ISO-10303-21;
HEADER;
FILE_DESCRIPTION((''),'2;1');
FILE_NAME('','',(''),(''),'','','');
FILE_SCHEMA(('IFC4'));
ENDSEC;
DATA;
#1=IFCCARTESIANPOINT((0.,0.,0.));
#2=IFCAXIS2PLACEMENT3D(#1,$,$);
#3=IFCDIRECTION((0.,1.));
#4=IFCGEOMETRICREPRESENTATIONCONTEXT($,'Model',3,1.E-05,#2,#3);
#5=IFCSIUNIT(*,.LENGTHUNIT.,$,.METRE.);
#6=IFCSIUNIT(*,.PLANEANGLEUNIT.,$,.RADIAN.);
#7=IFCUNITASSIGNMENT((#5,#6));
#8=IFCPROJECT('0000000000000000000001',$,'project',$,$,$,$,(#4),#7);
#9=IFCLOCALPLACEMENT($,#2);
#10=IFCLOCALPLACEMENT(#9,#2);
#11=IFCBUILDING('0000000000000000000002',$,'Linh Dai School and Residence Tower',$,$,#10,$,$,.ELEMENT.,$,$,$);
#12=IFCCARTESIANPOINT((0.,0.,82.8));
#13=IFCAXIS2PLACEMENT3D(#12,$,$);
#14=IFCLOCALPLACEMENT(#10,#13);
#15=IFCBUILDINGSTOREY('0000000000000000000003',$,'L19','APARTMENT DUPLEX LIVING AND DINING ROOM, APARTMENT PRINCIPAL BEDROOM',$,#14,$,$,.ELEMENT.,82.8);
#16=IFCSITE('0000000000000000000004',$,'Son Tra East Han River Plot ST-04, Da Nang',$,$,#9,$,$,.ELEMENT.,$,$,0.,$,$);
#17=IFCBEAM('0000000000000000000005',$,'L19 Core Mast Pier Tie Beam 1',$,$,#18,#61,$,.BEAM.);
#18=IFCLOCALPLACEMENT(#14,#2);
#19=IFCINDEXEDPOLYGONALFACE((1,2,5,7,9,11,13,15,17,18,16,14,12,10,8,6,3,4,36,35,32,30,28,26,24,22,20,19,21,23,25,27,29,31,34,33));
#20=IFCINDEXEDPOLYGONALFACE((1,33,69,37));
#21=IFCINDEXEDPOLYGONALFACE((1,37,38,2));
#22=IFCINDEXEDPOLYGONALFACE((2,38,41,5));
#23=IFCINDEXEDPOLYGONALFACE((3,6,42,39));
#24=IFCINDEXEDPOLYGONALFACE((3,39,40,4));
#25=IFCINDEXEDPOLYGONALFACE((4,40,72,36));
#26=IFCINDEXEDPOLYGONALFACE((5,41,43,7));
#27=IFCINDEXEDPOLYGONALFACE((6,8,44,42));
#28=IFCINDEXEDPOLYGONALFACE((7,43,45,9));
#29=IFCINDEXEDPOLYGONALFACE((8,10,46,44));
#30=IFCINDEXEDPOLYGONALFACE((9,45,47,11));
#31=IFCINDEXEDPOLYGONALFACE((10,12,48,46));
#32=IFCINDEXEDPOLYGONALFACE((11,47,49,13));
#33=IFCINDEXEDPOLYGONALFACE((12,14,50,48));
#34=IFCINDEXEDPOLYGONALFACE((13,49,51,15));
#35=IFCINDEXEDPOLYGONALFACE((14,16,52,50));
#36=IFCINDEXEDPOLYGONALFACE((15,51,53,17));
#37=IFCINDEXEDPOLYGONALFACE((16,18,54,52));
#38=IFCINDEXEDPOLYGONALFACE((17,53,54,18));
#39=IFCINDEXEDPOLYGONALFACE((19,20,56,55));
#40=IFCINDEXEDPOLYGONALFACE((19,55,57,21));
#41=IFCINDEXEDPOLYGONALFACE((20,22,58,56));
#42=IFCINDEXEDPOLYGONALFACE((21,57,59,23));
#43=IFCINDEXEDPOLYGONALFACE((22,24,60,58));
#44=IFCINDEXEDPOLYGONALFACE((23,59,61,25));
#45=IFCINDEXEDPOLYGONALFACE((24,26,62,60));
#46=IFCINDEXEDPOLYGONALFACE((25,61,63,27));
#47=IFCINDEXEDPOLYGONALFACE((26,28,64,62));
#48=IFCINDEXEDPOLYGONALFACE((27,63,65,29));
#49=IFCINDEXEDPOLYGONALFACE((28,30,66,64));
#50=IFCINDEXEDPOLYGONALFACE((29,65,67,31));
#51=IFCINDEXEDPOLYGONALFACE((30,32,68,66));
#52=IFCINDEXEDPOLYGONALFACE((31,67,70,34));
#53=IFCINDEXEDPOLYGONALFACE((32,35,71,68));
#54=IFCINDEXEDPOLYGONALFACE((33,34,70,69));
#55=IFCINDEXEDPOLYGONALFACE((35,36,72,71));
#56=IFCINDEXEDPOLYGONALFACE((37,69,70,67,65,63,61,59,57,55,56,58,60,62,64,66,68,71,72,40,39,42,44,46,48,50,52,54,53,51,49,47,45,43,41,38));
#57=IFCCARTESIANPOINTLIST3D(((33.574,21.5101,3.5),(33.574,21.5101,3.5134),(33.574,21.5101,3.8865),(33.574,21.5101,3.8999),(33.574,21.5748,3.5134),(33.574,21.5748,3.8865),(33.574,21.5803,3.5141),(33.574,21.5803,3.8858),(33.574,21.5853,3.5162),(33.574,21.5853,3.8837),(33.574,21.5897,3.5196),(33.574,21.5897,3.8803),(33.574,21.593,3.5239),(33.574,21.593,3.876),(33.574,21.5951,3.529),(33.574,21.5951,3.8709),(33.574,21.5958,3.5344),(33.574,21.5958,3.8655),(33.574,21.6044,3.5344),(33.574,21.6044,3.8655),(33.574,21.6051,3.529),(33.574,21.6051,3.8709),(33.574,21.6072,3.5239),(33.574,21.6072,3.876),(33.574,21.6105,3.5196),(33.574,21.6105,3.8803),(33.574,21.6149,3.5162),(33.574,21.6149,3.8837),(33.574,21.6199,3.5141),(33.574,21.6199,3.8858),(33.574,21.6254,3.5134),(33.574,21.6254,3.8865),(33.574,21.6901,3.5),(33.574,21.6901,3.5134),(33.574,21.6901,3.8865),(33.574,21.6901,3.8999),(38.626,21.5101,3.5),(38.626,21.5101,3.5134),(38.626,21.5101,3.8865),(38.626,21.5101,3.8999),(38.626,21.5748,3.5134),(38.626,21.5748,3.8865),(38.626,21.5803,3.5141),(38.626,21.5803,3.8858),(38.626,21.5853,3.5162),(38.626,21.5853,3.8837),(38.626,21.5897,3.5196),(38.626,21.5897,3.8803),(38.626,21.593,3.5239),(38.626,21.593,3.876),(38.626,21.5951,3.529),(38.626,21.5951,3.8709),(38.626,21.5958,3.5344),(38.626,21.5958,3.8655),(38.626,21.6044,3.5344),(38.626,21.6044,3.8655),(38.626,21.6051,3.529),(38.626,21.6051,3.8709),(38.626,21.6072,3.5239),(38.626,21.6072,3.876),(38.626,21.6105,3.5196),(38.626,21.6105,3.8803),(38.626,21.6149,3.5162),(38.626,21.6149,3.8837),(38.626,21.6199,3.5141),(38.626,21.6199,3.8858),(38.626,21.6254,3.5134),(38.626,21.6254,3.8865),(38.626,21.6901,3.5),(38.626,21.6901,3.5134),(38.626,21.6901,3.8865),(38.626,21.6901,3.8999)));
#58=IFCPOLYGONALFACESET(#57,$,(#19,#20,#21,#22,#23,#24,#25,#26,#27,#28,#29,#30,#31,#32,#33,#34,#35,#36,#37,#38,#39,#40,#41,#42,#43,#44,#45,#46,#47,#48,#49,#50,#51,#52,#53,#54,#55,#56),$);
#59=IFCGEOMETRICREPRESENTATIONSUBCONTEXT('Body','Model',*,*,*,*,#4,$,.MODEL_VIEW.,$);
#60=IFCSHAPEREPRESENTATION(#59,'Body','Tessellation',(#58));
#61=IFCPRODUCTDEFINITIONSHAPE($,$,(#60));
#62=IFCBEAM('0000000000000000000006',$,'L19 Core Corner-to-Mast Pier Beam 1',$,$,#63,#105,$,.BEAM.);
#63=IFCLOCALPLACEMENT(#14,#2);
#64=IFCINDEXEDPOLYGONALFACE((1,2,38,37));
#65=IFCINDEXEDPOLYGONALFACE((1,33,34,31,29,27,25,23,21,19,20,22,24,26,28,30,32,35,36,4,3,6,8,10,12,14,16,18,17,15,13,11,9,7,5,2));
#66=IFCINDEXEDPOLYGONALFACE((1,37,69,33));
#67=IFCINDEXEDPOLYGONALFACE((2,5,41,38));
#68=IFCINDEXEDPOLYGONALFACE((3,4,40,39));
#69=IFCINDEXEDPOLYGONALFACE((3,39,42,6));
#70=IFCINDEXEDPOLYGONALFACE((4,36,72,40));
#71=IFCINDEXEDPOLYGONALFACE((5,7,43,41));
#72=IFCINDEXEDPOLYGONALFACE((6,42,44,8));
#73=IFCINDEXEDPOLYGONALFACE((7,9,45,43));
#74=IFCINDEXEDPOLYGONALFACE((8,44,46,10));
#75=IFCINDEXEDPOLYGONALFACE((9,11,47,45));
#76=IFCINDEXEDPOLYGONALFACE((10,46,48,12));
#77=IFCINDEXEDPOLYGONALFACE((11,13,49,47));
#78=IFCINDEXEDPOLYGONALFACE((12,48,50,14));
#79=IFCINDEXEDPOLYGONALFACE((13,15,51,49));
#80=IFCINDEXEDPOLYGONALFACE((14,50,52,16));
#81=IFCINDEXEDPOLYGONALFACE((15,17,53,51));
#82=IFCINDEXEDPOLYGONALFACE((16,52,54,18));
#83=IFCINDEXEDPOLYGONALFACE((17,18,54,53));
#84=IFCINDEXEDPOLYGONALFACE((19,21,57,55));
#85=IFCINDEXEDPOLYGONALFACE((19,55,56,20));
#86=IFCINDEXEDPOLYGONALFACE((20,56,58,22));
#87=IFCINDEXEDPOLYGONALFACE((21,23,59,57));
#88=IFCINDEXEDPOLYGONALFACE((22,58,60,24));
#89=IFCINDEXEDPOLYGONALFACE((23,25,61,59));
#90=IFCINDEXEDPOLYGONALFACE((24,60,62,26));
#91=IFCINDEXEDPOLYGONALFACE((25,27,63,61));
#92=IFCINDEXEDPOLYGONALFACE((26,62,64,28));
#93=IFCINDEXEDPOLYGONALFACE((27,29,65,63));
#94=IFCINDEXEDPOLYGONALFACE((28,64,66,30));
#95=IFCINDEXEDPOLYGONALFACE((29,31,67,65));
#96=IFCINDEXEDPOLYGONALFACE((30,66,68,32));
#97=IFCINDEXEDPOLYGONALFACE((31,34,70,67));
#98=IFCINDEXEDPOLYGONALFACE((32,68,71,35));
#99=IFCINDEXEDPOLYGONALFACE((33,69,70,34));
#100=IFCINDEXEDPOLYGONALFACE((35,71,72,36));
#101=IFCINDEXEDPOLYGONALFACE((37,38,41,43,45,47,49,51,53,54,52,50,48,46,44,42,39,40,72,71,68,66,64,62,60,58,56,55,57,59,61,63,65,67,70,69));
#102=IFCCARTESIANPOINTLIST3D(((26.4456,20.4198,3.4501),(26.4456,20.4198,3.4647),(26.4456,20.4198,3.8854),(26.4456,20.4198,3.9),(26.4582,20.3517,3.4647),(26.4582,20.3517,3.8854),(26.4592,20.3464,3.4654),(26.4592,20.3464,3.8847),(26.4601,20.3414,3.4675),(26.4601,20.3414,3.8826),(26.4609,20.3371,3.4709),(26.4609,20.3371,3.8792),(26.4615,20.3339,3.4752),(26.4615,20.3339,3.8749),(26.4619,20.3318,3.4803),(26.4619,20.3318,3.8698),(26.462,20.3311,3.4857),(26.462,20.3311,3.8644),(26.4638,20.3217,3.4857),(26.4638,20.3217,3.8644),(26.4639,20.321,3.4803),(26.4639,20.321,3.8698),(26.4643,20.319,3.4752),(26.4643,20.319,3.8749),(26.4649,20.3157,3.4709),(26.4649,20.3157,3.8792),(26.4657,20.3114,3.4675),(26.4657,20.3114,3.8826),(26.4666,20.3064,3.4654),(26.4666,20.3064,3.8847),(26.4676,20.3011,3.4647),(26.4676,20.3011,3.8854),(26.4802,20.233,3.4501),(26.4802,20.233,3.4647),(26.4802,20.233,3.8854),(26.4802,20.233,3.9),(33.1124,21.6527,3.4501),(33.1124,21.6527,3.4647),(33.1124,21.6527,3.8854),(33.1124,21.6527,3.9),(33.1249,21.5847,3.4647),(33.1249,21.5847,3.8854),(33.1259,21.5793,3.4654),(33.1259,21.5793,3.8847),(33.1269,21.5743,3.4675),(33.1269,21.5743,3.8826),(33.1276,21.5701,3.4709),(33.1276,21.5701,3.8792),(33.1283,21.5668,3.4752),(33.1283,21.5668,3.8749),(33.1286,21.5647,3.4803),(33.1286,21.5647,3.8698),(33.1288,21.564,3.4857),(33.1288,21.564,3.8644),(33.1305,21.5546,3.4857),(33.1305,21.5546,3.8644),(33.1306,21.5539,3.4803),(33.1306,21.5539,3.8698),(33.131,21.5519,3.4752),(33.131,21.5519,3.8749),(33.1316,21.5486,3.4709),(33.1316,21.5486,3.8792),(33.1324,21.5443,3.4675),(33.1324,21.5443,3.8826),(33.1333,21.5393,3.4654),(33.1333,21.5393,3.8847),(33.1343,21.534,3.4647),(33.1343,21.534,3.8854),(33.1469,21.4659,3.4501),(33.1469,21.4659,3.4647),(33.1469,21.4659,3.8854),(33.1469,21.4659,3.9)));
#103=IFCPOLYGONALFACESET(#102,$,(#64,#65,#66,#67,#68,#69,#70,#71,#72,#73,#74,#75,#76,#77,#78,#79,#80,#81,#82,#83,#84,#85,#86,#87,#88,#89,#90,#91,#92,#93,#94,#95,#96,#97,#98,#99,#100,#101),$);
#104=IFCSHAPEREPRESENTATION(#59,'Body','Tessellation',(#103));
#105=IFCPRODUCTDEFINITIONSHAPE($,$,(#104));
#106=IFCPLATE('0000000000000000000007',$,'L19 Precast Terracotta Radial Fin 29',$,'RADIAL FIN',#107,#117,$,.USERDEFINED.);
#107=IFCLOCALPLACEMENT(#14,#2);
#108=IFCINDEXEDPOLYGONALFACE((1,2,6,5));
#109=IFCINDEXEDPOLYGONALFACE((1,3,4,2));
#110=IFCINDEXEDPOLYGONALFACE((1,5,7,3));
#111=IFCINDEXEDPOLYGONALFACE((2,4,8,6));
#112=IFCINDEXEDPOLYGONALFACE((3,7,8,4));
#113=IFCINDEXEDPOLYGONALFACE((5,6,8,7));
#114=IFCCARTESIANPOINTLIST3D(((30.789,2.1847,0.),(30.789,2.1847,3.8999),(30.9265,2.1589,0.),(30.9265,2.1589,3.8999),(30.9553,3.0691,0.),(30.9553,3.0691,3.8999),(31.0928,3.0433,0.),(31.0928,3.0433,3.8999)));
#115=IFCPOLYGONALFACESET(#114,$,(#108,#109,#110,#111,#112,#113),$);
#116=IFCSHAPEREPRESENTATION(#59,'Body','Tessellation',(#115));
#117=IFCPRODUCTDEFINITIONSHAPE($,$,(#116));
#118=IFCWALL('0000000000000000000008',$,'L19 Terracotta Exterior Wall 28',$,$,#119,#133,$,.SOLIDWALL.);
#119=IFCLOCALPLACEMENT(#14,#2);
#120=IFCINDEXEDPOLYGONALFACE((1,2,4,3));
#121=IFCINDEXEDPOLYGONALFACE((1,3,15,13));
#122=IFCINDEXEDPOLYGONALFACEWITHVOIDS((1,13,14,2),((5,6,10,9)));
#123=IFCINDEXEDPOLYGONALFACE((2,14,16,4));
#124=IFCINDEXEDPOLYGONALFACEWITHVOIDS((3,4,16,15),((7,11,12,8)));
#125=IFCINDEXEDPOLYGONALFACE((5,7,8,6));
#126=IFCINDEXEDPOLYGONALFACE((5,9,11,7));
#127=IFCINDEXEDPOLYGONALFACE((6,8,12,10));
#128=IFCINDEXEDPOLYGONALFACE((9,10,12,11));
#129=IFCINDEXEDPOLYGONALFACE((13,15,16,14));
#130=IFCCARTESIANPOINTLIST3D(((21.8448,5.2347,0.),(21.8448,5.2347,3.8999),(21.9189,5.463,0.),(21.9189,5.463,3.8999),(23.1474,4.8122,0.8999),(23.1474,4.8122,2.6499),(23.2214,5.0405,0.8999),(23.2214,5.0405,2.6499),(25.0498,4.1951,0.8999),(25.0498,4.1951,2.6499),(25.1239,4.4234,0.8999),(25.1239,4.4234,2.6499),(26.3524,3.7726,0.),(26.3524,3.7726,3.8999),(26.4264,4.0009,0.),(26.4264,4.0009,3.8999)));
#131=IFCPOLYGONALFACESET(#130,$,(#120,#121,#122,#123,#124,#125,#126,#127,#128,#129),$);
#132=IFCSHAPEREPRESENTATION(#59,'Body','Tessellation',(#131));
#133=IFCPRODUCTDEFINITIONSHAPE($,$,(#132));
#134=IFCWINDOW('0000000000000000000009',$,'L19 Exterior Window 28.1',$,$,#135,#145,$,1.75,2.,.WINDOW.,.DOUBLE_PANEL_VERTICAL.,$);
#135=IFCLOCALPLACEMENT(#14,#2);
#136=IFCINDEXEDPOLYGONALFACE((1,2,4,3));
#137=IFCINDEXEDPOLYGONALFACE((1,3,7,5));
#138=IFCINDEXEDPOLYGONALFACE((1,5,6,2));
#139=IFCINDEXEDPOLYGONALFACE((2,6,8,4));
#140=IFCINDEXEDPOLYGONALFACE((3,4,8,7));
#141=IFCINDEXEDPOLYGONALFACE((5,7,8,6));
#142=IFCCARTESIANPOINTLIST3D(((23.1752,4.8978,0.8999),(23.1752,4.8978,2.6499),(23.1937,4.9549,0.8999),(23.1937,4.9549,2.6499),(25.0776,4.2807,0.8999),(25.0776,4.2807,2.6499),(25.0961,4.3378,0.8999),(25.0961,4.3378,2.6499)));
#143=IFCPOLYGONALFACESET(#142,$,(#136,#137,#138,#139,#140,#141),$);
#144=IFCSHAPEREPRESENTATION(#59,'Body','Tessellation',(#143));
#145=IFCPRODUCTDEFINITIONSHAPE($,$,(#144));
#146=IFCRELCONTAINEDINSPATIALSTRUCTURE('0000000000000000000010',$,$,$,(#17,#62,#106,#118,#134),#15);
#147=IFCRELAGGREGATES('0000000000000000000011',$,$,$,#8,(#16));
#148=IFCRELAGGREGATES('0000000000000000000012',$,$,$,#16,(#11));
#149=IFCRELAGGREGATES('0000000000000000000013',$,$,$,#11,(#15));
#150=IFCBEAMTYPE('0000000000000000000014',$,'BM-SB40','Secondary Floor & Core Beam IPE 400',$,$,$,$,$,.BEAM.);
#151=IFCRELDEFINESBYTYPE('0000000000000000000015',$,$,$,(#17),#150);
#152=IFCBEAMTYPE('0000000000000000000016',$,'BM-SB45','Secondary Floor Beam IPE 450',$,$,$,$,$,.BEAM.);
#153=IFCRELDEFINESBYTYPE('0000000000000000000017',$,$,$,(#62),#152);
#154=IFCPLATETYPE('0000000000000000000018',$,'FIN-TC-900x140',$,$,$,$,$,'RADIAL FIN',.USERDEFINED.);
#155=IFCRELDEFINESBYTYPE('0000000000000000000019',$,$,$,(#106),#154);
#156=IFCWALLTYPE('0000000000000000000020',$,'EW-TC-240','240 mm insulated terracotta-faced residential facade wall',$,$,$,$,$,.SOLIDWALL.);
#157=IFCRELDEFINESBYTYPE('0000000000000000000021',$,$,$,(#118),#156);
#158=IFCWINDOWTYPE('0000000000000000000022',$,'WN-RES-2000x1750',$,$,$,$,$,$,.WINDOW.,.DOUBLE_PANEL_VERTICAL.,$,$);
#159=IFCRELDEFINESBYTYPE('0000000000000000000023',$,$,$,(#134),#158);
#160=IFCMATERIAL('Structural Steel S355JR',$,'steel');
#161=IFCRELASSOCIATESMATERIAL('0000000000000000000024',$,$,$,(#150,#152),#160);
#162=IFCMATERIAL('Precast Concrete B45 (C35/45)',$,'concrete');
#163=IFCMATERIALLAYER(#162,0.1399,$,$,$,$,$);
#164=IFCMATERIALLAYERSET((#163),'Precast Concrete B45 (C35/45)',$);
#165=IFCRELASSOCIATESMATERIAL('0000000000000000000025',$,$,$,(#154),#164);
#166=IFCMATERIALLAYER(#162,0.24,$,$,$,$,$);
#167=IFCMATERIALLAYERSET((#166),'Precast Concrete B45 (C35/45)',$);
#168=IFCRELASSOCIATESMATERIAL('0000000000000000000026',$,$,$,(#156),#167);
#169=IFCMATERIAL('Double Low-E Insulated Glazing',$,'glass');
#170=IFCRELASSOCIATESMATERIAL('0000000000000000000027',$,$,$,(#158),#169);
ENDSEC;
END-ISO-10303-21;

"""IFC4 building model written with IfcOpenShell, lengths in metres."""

from ifc_helpers import new_model, si_unit, direction, frame, frame_2d, origin, origin_2d, place, context, subcontext, project, spatial, rectangle, i_section, extrude, source, transform, mapped, material, layer, layer_set, material_profile, profile_set, type_object, element, fill, save


model = new_model("IFC4")

# Units and contexts
model_context = context("Model", 3, precision=1e-05, world=origin(), true_north=direction((0.0, 1.0)))
body_context = subcontext(model_context, "Body", "Model", "MODEL_VIEW")
ifc_project = project(units=[si_unit("LENGTHUNIT", "METRE"), si_unit("PLANEANGLEUNIT", "RADIAN")], contexts=[model_context])

# Site, building, storey
site_placement = place(None, origin())
site = spatial("IfcSite", under=ifc_project, at=site_placement, Name="Son Tra East Han River Plot ST-04, Da Nang", CompositionType="ELEMENT", RefElevation=0.0)
building_placement = place(site_placement, origin())
building = spatial("IfcBuilding", under=site, at=building_placement, Name="Linh Dai School and Residence Tower", CompositionType="ELEMENT")
storey_placement = place(building_placement, frame((0.0, 0.0, 82.8)))
storey = spatial("IfcBuildingStorey", under=building, at=storey_placement, Name="L19", Description="APARTMENT DUPLEX LIVING AND DINING ROOM, APARTMENT PRINCIPAL BEDROOM", CompositionType="ELEMENT", Elevation=82.8)

# Shared definitions
ifc_material_1 = material(Name="Structural Steel S355JR", Category="steel")

# Beams
ifc_material_profile_1 = material_profile(ifc_material_1, i_section(OverallWidth=0.1799, OverallDepth=0.3999, WebThickness=0.0085, FlangeThickness=0.0134, FilletRadius=0.021, at=origin_2d()), Name="IPE 400")
ifc_profile_set_1 = profile_set([ifc_material_profile_1], Name="Structural Steel S355JR")
beam_type_1 = type_object("IfcBeamType", Name="BM-SB40", Description="Secondary Floor & Core Beam IPE 400", PredefinedType="BEAM", material=ifc_profile_set_1)
beam_1_placement = place(storey_placement, frame((33.574, 21.6001, 3.7), z_axis=(1.0, 0.0, 0.0), x_axis=(0.0, 1.0, 0.0)))
element("IfcBeam", 1, at=beam_1_placement, inside=storey, type_object=beam_type_1, Name="L19 Core Mast Pier Tie Beam 1", PredefinedType="BEAM", context=body_context, shape_type="SweptSolid", body=[
    extrude(i_section(OverallWidth=0.1799, OverallDepth=0.3999, WebThickness=0.0085, FlangeThickness=0.0134, FilletRadius=0.021, at=origin_2d()), origin(), (0.0, 0.0, 1.0), 5.052),
])
ifc_material_profile_2 = material_profile(ifc_material_1, i_section(OverallWidth=0.1899, OverallDepth=0.45, WebThickness=0.0095, FlangeThickness=0.0146, FilletRadius=0.021, at=origin_2d()), Name="IPE 450")
ifc_profile_set_2 = profile_set([ifc_material_profile_2], Name="Structural Steel S355JR")
beam_type_2 = type_object("IfcBeamType", Name="BM-SB45", Description="Secondary Floor Beam IPE 450", PredefinedType="BEAM", material=ifc_profile_set_2)
beam_2_placement = place(storey_placement, frame((26.4629, 20.3264, 3.675), z_axis=(0.983326, 0.181851, 0.0), x_axis=(-0.181851, 0.983326, 0.0)))
element("IfcBeam", 2, at=beam_2_placement, inside=storey, type_object=beam_type_2, Name="L19 Core Corner-to-Mast Pier Beam 1", PredefinedType="BEAM", context=body_context, shape_type="SweptSolid", body=[
    extrude(i_section(OverallWidth=0.1899, OverallDepth=0.45, WebThickness=0.0095, FlangeThickness=0.0146, FilletRadius=0.021, at=origin_2d()), origin(), (0.0, 0.0, 1.0), 6.7798),
])

# Plate
ifc_material_2 = material(Name="Precast Concrete B45 (C35/45)", Category="concrete")
ifc_layer_1 = layer(ifc_material_2, 0.1399)
ifc_layer_set_1 = layer_set([ifc_layer_1], Name="Precast Concrete B45 (C35/45)")
plate_type = type_object("IfcPlateType", Name="FIN-TC-900x140", ElementType="RADIAL FIN", PredefinedType="USERDEFINED", material=ifc_layer_set_1)
shared_shape_1 = source(origin(), body_context, "Body", "SweptSolid", [
    extrude(rectangle(XDim=0.8999, YDim=0.1399, at=origin_2d()), origin(), (0.0, 0.0, 1.0), 3.8999),
])
plate_placement = place(storey_placement, frame((30.9409, 2.614, 0.0), z_axis=(0.0, 0.0, 1.0), x_axis=(-0.184748, -0.982786, 0.0)))
element("IfcPlate", 3, at=plate_placement, inside=storey, type_object=plate_type, Name="L19 Precast Terracotta Radial Fin 29", ObjectType="RADIAL FIN", PredefinedType="USERDEFINED", context=body_context, shape_type="MappedRepresentation", body=[
    mapped(shared_shape_1, transform((0.0, 0.0, 0.0), x_axis=(1.0, 0.0, 0.0), y_axis=(0.0, 1.0, 0.0), z_axis=(0.0, 0.0, 1.0), scale=1.0)),
])

# Wall, opening, window
ifc_layer_2 = layer(ifc_material_2, 0.24)
ifc_layer_set_2 = layer_set([ifc_layer_2], Name="Precast Concrete B45 (C35/45)")
wall_type_1 = type_object("IfcWallType", Name="EW-TC-240", Description="240 mm insulated terracotta-faced residential facade wall", PredefinedType="SOLIDWALL", material=ifc_layer_set_2)
wall_1_placement = place(storey_placement, frame((26.3894, 3.8867, 0.0), z_axis=(0.0, 0.0, 1.0), x_axis=(-0.951208, 0.308551, 0.0)))
wall_1 = element("IfcWall", 4, at=wall_1_placement, inside=storey, type_object=wall_type_1, Name="L19 Terracotta Exterior Wall 28", PredefinedType="SOLIDWALL", context=body_context, shape_type="SweptSolid", body=[
    extrude(rectangle(XDim=4.7388, YDim=0.24, at=frame_2d((2.3694, 0.0))), origin(), (0.0, 0.0, 1.0), 3.8999),
])
opening_1_placement = place(wall_1_placement, frame((1.3694, 0.0, 0.8999)))
opening_1 = element("IfcOpeningElement", 5, at=opening_1_placement, cuts=wall_1, PredefinedType="OPENING", context=body_context, shape_type="SweptSolid", body=[
    extrude(rectangle(XDim=2.0, YDim=1.75, at=origin_2d()), frame((1.0, 0.1299, 0.875), z_axis=(0.0, -1.0, 0.0), x_axis=(1.0, 0.0, 0.0)), (0.0, 0.0, 1.0), 0.26),
])
ifc_material_3 = material(Name="Double Low-E Insulated Glazing", Category="glass")
window_type_1 = type_object("IfcWindowType", Name="WN-RES-2000x1750", PartitioningType="DOUBLE_PANEL_VERTICAL", PredefinedType="WINDOW", material=ifc_material_3)
shared_shape_2 = source(origin(), body_context, "Body", "SweptSolid", [
    extrude(rectangle(XDim=2.0, YDim=1.75, at=origin_2d()), frame((1.0, 0.03, 0.875), z_axis=(0.0, -1.0, 0.0), x_axis=(1.0, 0.0, 0.0)), (0.0, 0.0, 1.0), 0.0601),
])
window_1_placement = place(opening_1_placement, origin())
window_1 = element("IfcWindow", 6, at=window_1_placement, inside=storey, type_object=window_type_1, Name="L19 Exterior Window 28.1", OverallHeight=1.75, OverallWidth=2.0, PartitioningType="DOUBLE_PANEL_VERTICAL", PredefinedType="WINDOW", context=body_context, shape_type="MappedRepresentation", body=[
    mapped(shared_shape_2, transform((0.0, 0.0, 0.0), x_axis=(1.0, 0.0, 0.0), y_axis=(0.0, 1.0, 0.0), z_axis=(0.0, 0.0, 1.0), scale=1.0)),
])
fill(opening_1, window_1)

save(model, "model.ifc")
